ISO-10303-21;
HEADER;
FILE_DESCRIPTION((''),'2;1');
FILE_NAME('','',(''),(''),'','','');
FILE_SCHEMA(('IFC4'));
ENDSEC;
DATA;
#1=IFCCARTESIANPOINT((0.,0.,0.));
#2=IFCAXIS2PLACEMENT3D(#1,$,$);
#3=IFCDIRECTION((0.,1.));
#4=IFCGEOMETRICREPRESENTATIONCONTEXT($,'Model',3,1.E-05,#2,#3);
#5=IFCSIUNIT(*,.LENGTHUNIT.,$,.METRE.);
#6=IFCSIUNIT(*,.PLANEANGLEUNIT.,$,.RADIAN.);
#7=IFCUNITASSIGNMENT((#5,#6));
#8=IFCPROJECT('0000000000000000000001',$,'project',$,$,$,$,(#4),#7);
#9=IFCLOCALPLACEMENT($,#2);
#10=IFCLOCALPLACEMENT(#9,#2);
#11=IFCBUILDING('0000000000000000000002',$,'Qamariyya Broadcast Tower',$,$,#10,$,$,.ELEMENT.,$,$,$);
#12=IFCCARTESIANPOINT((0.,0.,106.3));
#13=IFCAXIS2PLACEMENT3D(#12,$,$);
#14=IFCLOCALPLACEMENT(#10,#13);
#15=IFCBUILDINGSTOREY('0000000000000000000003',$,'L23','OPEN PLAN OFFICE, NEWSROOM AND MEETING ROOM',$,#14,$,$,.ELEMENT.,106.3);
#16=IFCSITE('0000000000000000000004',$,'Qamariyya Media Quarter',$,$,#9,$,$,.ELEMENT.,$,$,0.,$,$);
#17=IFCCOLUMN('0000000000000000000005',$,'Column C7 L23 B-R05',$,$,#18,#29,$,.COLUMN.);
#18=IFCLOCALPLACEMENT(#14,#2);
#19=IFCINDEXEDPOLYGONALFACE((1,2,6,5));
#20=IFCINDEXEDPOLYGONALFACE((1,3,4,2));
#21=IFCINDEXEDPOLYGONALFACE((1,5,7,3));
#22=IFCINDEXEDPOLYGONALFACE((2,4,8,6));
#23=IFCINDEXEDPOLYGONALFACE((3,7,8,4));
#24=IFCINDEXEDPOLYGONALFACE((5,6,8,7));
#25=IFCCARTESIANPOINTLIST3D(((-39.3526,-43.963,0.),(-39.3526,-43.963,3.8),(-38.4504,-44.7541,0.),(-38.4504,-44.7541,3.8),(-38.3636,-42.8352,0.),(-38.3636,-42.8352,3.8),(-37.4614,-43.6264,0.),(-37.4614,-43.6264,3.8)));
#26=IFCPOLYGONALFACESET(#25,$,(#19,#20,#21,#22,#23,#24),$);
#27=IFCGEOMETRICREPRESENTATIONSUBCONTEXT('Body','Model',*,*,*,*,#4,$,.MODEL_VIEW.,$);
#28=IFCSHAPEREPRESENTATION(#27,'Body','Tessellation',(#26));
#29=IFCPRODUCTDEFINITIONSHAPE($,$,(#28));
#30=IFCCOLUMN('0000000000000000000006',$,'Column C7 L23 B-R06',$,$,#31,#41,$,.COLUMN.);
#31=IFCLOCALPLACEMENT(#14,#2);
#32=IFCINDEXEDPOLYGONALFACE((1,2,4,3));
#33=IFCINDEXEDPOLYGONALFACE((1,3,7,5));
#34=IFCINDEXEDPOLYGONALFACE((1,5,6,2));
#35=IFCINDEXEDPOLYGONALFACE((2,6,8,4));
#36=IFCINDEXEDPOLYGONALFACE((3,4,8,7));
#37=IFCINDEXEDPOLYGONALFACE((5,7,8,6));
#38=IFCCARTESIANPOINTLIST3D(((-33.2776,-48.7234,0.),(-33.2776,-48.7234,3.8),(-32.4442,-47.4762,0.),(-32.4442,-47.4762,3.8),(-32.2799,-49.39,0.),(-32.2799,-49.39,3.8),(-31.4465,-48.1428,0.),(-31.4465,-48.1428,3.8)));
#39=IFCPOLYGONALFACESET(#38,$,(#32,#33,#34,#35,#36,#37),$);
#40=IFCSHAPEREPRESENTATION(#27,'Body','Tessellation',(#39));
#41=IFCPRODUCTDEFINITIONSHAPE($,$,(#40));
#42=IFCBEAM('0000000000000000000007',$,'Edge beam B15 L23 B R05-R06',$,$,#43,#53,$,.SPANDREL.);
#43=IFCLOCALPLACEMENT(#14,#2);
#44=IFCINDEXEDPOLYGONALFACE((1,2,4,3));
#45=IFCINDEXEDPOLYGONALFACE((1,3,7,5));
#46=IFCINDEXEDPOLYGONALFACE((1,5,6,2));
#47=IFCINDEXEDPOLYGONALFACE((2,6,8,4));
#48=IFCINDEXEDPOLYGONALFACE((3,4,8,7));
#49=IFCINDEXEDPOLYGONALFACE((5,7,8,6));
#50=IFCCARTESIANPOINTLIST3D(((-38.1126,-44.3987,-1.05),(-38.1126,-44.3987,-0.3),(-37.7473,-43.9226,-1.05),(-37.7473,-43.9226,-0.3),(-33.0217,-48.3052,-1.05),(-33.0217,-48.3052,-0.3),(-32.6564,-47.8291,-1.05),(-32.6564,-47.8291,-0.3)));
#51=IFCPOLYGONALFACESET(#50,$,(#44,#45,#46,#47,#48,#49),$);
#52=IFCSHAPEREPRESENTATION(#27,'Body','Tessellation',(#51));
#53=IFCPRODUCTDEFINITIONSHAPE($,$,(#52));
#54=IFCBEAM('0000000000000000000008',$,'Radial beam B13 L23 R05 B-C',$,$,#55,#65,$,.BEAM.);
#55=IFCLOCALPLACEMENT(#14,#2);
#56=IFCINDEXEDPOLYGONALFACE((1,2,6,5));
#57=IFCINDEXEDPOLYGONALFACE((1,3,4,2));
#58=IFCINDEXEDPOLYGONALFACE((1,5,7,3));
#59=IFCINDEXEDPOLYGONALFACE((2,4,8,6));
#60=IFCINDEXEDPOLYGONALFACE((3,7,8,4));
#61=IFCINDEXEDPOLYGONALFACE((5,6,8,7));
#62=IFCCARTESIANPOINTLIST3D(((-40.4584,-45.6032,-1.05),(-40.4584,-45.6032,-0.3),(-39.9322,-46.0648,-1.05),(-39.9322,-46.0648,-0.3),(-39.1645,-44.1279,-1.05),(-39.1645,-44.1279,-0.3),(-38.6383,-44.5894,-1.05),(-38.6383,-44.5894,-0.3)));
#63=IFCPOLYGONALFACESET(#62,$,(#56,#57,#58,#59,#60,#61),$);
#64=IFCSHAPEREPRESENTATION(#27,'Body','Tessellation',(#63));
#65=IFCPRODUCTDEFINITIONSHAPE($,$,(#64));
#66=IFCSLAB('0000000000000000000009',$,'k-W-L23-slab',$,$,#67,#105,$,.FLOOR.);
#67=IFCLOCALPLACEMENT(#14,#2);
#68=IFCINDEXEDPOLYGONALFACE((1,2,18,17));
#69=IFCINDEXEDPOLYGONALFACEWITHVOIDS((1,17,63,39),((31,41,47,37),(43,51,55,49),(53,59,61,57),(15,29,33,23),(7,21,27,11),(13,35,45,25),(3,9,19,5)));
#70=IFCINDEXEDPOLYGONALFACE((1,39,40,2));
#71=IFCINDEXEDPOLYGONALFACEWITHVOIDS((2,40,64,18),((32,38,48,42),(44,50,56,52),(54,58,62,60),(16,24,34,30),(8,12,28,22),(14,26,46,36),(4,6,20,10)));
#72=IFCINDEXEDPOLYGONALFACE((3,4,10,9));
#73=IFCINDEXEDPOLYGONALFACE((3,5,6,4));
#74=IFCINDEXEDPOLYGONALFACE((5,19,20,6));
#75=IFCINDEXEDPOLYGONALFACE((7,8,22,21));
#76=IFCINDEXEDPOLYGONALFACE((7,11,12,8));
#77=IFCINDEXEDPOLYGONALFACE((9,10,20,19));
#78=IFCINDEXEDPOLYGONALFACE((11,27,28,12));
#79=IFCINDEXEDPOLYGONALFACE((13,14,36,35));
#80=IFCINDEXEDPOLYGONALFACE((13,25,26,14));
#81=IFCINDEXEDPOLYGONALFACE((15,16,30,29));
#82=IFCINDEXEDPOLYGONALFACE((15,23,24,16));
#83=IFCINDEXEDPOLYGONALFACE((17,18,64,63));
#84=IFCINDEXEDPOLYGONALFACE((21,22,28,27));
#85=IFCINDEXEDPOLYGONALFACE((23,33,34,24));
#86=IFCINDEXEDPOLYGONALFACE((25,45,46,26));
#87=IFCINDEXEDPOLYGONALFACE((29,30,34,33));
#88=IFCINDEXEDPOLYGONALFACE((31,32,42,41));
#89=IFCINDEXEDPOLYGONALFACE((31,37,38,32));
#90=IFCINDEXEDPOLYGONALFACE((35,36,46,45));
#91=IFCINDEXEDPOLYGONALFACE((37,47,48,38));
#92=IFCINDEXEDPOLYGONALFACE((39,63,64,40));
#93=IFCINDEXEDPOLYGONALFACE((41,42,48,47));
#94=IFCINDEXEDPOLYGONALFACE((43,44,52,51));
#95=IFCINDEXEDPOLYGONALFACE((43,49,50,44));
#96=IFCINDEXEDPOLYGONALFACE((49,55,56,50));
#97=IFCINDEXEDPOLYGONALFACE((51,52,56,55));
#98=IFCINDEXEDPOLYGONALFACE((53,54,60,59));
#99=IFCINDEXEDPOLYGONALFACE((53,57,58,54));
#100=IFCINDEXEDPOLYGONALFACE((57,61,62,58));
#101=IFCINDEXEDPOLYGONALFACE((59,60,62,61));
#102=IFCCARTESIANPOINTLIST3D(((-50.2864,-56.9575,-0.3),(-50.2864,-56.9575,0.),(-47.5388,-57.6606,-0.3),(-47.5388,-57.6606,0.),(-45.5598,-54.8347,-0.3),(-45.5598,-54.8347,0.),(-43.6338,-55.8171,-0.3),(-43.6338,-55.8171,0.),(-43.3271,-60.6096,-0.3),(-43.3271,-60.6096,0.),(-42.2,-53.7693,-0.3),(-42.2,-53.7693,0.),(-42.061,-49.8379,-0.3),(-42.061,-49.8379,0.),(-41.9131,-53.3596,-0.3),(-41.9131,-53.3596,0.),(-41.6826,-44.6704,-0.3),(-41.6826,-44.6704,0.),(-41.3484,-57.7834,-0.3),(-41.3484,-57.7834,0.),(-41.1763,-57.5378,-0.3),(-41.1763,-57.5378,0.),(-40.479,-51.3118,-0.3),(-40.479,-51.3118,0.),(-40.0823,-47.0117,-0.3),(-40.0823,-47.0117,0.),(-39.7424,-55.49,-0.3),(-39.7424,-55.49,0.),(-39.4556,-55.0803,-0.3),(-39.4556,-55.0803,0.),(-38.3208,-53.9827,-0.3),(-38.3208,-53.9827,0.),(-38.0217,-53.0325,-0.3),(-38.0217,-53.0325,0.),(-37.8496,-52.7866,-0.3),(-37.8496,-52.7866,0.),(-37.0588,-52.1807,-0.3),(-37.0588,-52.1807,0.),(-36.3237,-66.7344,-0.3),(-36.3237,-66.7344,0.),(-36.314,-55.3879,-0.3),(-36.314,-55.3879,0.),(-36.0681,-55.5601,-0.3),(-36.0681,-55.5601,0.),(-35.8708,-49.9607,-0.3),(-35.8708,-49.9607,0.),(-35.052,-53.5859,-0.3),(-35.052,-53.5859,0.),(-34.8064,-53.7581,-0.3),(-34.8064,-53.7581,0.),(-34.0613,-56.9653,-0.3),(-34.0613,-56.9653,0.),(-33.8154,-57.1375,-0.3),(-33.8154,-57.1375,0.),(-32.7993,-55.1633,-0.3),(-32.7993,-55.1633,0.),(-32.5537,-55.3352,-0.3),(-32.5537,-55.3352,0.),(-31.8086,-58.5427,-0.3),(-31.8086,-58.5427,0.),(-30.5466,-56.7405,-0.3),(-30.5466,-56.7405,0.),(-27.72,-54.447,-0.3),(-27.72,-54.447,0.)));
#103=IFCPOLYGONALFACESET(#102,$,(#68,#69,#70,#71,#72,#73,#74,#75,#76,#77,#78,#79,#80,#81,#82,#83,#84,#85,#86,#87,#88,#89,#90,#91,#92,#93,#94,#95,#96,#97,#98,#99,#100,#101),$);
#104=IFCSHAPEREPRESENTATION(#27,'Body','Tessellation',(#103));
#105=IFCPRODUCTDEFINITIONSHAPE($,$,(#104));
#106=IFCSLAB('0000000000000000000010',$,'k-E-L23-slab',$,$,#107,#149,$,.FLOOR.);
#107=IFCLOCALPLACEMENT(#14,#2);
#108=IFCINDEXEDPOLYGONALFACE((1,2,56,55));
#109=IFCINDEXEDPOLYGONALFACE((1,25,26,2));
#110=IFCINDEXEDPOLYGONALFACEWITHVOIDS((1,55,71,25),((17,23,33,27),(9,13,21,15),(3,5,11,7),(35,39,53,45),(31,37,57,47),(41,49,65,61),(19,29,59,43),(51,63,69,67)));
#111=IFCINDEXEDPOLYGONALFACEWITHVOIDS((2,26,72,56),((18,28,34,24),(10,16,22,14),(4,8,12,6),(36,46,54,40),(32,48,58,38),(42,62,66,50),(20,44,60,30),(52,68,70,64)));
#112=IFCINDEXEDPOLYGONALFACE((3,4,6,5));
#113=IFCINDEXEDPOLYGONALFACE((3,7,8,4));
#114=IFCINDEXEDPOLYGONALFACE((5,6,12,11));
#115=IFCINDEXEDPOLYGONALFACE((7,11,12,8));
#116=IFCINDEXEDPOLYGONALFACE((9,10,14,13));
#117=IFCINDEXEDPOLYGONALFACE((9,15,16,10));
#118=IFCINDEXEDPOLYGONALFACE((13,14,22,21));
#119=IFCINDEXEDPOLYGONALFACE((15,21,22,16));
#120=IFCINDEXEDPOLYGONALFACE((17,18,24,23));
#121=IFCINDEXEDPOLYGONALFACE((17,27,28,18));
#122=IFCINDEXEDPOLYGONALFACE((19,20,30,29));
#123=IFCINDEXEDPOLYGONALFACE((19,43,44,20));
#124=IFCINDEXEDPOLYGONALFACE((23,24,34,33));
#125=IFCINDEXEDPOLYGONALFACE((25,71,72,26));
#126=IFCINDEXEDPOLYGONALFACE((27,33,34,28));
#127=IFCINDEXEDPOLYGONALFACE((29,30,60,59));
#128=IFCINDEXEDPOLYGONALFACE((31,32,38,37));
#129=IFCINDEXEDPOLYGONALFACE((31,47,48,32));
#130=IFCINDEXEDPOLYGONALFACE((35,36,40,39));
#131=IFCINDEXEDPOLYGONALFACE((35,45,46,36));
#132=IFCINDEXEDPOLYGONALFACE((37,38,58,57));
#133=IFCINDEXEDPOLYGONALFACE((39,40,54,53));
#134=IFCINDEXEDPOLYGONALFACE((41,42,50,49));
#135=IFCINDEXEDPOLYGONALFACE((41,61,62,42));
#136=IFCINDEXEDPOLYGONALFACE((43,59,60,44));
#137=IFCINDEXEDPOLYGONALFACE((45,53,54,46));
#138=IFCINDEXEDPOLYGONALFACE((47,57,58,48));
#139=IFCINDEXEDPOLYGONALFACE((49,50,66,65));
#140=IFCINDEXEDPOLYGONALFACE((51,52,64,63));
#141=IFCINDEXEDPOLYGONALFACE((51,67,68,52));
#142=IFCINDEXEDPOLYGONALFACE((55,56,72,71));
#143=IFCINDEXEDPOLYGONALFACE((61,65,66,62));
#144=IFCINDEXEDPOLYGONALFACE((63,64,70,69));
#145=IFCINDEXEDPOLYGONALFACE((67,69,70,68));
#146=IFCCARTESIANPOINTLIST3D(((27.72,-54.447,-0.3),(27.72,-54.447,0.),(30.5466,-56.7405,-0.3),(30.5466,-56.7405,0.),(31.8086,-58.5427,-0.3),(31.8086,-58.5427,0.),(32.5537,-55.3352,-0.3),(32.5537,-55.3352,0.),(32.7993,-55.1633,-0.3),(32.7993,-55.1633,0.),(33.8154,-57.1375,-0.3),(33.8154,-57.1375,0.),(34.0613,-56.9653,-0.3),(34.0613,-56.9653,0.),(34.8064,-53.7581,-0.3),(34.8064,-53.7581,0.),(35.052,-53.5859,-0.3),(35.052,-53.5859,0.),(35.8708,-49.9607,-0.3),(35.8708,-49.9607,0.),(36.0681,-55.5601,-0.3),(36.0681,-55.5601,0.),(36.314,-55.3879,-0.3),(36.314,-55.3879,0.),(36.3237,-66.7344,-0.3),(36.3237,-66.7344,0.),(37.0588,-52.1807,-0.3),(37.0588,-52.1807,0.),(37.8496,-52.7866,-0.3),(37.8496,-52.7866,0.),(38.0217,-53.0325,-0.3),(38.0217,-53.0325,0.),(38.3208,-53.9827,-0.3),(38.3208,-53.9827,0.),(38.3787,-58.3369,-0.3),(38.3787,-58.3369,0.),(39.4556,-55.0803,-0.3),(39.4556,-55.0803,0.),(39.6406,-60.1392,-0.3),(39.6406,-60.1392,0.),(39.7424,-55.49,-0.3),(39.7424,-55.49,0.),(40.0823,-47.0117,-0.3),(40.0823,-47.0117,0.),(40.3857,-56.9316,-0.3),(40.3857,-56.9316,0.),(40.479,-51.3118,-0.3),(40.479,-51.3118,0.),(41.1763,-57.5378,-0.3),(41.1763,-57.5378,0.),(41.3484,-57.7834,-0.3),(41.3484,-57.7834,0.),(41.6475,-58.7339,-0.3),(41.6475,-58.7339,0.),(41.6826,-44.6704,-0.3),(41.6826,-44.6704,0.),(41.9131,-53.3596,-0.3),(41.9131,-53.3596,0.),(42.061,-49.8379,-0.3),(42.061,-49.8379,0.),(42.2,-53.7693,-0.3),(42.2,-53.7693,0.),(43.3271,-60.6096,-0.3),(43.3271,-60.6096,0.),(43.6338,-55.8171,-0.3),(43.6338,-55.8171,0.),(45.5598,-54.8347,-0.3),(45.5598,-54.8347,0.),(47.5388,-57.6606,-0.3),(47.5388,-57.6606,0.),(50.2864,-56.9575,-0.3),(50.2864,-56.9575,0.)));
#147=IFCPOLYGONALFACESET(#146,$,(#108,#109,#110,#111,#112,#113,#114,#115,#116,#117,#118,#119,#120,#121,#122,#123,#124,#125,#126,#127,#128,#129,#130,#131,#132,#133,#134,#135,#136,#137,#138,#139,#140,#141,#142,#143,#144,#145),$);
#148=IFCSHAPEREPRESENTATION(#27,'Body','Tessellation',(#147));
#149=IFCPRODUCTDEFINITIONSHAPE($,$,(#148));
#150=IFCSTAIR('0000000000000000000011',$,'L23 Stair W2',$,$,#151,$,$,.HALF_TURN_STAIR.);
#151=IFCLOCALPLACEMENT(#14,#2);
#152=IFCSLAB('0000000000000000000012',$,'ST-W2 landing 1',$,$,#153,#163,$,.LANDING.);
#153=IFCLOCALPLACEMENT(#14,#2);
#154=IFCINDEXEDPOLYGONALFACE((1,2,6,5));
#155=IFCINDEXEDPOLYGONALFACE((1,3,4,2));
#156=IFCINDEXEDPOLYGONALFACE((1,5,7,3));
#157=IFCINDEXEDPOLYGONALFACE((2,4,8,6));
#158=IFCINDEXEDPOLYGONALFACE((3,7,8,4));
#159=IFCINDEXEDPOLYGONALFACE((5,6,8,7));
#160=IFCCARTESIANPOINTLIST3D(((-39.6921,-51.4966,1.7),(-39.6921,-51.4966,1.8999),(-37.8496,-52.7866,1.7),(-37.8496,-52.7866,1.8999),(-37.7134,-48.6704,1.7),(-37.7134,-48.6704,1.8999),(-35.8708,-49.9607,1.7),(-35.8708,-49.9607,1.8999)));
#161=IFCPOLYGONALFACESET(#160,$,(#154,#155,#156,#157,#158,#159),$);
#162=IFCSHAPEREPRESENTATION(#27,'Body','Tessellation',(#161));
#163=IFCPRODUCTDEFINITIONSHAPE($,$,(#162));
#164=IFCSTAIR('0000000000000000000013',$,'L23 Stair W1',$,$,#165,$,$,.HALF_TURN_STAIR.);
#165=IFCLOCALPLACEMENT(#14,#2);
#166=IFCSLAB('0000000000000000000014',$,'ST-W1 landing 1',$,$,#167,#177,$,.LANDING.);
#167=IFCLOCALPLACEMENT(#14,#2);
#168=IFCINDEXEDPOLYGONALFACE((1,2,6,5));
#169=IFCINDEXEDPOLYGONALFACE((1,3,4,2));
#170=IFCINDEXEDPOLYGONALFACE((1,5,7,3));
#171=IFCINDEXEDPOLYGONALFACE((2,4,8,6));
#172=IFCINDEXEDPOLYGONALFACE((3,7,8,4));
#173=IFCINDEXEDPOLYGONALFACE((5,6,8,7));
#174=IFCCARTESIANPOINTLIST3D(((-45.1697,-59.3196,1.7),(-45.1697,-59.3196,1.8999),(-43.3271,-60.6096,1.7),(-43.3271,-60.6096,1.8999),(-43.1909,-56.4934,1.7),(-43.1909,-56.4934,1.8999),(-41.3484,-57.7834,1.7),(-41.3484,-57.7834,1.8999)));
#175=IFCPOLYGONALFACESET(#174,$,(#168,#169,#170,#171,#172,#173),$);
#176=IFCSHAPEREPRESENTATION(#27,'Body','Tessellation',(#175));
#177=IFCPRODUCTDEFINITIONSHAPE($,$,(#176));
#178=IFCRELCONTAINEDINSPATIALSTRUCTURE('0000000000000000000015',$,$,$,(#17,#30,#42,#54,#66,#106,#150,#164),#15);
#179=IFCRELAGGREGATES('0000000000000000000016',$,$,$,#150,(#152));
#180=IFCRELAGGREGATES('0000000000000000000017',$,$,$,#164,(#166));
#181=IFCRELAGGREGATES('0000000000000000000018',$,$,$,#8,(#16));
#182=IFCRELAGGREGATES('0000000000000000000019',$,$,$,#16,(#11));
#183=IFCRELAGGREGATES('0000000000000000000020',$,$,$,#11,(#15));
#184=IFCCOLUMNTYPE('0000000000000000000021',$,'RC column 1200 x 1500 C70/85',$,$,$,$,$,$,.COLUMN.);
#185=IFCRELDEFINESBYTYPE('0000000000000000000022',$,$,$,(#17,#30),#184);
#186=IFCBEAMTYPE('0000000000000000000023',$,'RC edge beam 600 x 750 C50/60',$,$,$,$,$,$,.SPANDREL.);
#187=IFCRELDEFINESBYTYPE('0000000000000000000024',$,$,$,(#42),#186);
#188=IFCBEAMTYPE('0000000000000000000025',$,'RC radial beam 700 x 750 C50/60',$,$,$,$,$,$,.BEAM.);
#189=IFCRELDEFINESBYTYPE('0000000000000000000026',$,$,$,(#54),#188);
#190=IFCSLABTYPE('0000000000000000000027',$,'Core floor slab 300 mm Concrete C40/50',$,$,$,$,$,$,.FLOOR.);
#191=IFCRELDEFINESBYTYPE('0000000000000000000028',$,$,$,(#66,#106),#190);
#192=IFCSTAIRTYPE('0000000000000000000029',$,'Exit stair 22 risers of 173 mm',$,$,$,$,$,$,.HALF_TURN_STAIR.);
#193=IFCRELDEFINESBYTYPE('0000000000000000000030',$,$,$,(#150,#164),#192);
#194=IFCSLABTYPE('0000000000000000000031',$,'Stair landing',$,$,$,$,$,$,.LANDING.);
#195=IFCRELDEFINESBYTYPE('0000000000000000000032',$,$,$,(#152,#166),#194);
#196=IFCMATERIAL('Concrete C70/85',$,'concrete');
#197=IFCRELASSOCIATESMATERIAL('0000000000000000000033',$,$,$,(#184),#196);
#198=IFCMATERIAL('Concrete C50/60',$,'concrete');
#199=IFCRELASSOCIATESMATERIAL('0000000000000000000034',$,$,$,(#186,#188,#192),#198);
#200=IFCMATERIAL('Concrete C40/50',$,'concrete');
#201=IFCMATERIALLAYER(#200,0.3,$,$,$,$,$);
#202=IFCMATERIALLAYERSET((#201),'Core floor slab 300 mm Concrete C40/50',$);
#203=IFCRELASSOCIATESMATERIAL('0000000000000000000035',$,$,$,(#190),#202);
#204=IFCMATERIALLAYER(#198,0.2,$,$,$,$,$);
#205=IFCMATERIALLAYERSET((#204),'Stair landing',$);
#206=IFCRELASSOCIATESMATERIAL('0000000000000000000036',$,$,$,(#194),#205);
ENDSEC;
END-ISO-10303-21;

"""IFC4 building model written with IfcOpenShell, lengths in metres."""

from ifc_helpers import new_model, si_unit, direction, frame, origin, origin_2d, place, context, subcontext, project, spatial, polyline, rectangle, outline, extrude, material, layer, layer_set, material_profile, profile_set, type_object, element, aggregate, save


model = new_model("IFC4")

# Units and contexts
model_context = context("Model", 3, precision=1e-05, world=origin(), true_north=direction((0.0, 1.0)))
body_context = subcontext(model_context, "Body", "Model", "MODEL_VIEW")
ifc_project = project(units=[si_unit("LENGTHUNIT", "METRE"), si_unit("PLANEANGLEUNIT", "RADIAN")], contexts=[model_context])

# Site, building, storey
site_placement = place(None, origin())
site = spatial("IfcSite", under=ifc_project, at=site_placement, Name="Qamariyya Media Quarter", CompositionType="ELEMENT", RefElevation=0.0)
building_placement = place(site_placement, origin())
building = spatial("IfcBuilding", under=site, at=building_placement, Name="Qamariyya Broadcast Tower", CompositionType="ELEMENT")
storey_placement = place(building_placement, frame((0.0, 0.0, 106.3)))
storey = spatial("IfcBuildingStorey", under=building, at=storey_placement, Name="L23", Description="OPEN PLAN OFFICE, NEWSROOM AND MEETING ROOM", CompositionType="ELEMENT", Elevation=106.3)

# Columns
ifc_material_1 = material(Name="Concrete C70/85", Category="concrete")
ifc_material_profile_1 = material_profile(ifc_material_1, rectangle(XDim=1.2, YDim=1.5, at=origin_2d()))
ifc_profile_set_1 = profile_set([ifc_material_profile_1], Name="Concrete C70/85")
column_type = type_object("IfcColumnType", Name="RC column 1200 x 1500 C70/85", PredefinedType="COLUMN", material=ifc_profile_set_1)
for number, where, z_axis, x_axis, name in (
    (1, (-38.407, -43.7947, 0.0), (0.0, 0.0, 1.0), (0.75184, -0.659346, 0.0), "Column C7 L23 B-R05"),
    (2, (-32.3621, -48.4331, 0.0), (0.0, 0.0, 1.0), (0.83147, -0.55557, 0.0), "Column C7 L23 B-R06"),
):
    element("IfcColumn", number, at=place(storey_placement, frame(where, z_axis=z_axis, x_axis=x_axis)), inside=storey, type_object=column_type, Name=name, PredefinedType="COLUMN", context=body_context, shape_type="SweptSolid", body=[
        extrude(rectangle(XDim=1.2, YDim=1.5, at=origin_2d()), origin(), (0.0, 0.0, 1.0), 3.8),
    ])

# Beams
ifc_material_2 = material(Name="Concrete C50/60", Category="concrete")
ifc_material_profile_2 = material_profile(ifc_material_2, rectangle(XDim=0.6001, YDim=0.75, at=origin_2d()))
ifc_profile_set_2 = profile_set([ifc_material_profile_2], Name="Concrete C50/60")
beam_type_1 = type_object("IfcBeamType", Name="RC edge beam 600 x 750 C50/60", PredefinedType="SPANDREL", material=ifc_profile_set_2)
beam_1_placement = place(storey_placement, frame((-37.9299, -44.1606, -0.675), z_axis=(0.793341, -0.608778, 0.0), x_axis=(0.608778, 0.793341, 0.0)))
element("IfcBeam", 3, at=beam_1_placement, inside=storey, type_object=beam_type_1, Name="Edge beam B15 L23 B R05-R06", PredefinedType="SPANDREL", context=body_context, shape_type="SweptSolid", body=[
    extrude(rectangle(XDim=0.6001, YDim=0.75, at=origin_2d()), origin(), (0.0, 0.0, 1.0), 6.417),
])
ifc_material_profile_3 = material_profile(ifc_material_2, rectangle(XDim=0.7, YDim=0.75, at=origin_2d()))
ifc_profile_set_3 = profile_set([ifc_material_profile_3], Name="Concrete C50/60")
beam_type_2 = type_object("IfcBeamType", Name="RC radial beam 700 x 750 C50/60", PredefinedType="BEAM", material=ifc_profile_set_3)
beam_2_placement = place(storey_placement, frame((-38.9014, -44.3586, -0.675), z_axis=(-0.659376, -0.751813, 0.0), x_axis=(0.751813, -0.659376, 0.0)))
element("IfcBeam", 4, at=beam_2_placement, inside=storey, type_object=beam_type_2, Name="Radial beam B13 L23 R05 B-C", PredefinedType="BEAM", context=body_context, shape_type="SweptSolid", body=[
    extrude(rectangle(XDim=0.7, YDim=0.75, at=origin_2d()), origin(), (0.0, 0.0, 1.0), 1.9624),
])

# Slabs
ifc_material_3 = material(Name="Concrete C40/50", Category="concrete")
ifc_layer_1 = layer(ifc_material_3, 0.3)
ifc_layer_set_1 = layer_set([ifc_layer_1], Name="Core floor slab 300 mm Concrete C40/50")
slab_type_1 = type_object("IfcSlabType", Name="Core floor slab 300 mm Concrete C40/50", PredefinedType="FLOOR", material=ifc_layer_set_1)
slab_1_placement = place(storey_placement, frame((0.0, 0.0, -0.3)))
element("IfcSlab", 5, at=slab_1_placement, inside=storey, type_object=slab_type_1, Name="k-W-L23-slab", PredefinedType="FLOOR", context=body_context, shape_type="SweptSolid", body=[
    extrude(outline(polyline([(-50.2864, -56.9575), (-36.3237, -66.7344), (-27.72, -54.447), (-41.6826, -44.6704), (-50.2864, -56.9575)]), holes=[polyline([(-31.8086, -58.5427), (-33.8154, -57.1375), (-32.5537, -55.3352), (-30.5466, -56.7405), (-31.8086, -58.5427)]), polyline([(-34.0613, -56.9653), (-36.0681, -55.5601), (-34.8064, -53.7581), (-32.7993, -55.1633), (-34.0613, -56.9653)]), polyline([(-36.314, -55.3879), (-38.3208, -53.9827), (-37.0588, -52.1807), (-35.052, -53.5859), (-36.314, -55.3879)]), polyline([(-39.7424, -55.49), (-42.2, -53.7693), (-43.6338, -55.8171), (-41.1763, -57.5378), (-39.7424, -55.49)]), polyline([(-39.4556, -55.0803), (-41.9131, -53.3596), (-40.479, -51.3118), (-38.0217, -53.0325), (-39.4556, -55.0803)]), polyline([(-42.061, -49.8379), (-37.8496, -52.7866), (-35.8708, -49.9607), (-40.0823, -47.0117), (-42.061, -49.8379)]), polyline([(-47.5388, -57.6606), (-43.3271, -60.6096), (-41.3484, -57.7834), (-45.5598, -54.8347), (-47.5388, -57.6606)])]), origin(), (0.0, 0.0, 1.0), 0.3),
])
slab_2_placement = place(storey_placement, frame((0.0, 0.0, -0.3)))
element("IfcSlab", 6, at=slab_2_placement, inside=storey, type_object=slab_type_1, Name="k-E-L23-slab", PredefinedType="FLOOR", context=body_context, shape_type="SweptSolid", body=[
    extrude(outline(polyline([(36.3237, -66.7344), (50.2864, -56.9575), (41.6826, -44.6704), (27.72, -54.447), (36.3237, -66.7344)]), holes=[polyline([(31.8086, -58.5427), (33.8154, -57.1375), (32.5537, -55.3352), (30.5466, -56.7405), (31.8086, -58.5427)]), polyline([(34.0613, -56.9653), (36.0681, -55.5601), (34.8064, -53.7581), (32.7993, -55.1633), (34.0613, -56.9653)]), polyline([(36.314, -55.3879), (38.3208, -53.9827), (37.0588, -52.1807), (35.052, -53.5859), (36.314, -55.3879)]), polyline([(38.3787, -58.3369), (40.3857, -56.9316), (41.6475, -58.7339), (39.6406, -60.1392), (38.3787, -58.3369)]), polyline([(39.7424, -55.49), (42.2, -53.7693), (43.6338, -55.8171), (41.1763, -57.5378), (39.7424, -55.49)]), polyline([(39.4556, -55.0803), (41.9131, -53.3596), (40.479, -51.3118), (38.0217, -53.0325), (39.4556, -55.0803)]), polyline([(40.0823, -47.0117), (35.8708, -49.9607), (37.8496, -52.7866), (42.061, -49.8379), (40.0823, -47.0117)]), polyline([(45.5598, -54.8347), (41.3484, -57.7834), (43.3271, -60.6096), (47.5388, -57.6606), (45.5598, -54.8347)])]), origin(), (0.0, 0.0, 1.0), 0.3),
])

# Stairs, slabs
stair_type = type_object("IfcStairType", Name="Exit stair 22 risers of 173 mm", PredefinedType="HALF_TURN_STAIR", material=ifc_material_2)
stair_1_placement = place(storey_placement, origin())
stair_1 = element("IfcStair", 7, at=stair_1_placement, inside=storey, type_object=stair_type, Name="L23 Stair W2", PredefinedType="HALF_TURN_STAIR")
ifc_layer_2 = layer(ifc_material_2, 0.2)
ifc_layer_set_2 = layer_set([ifc_layer_2], Name="Stair landing")
slab_type_2 = type_object("IfcSlabType", Name="Stair landing", PredefinedType="LANDING", material=ifc_layer_set_2)
slab_3_placement = place(storey_placement, frame((0.0, 0.0, 1.7)))
slab_3 = element("IfcSlab", 8, at=slab_3_placement, type_object=slab_type_2, Name="ST-W2 landing 1", PredefinedType="LANDING", context=body_context, shape_type="SweptSolid", body=[
    extrude(outline(polyline([(-39.6921, -51.4966), (-37.8496, -52.7866), (-35.8708, -49.9607), (-37.7134, -48.6704), (-39.6921, -51.4966)])), origin(), (0.0, 0.0, 1.0), 0.2),
])
aggregate(stair_1, [slab_3])
stair_2_placement = place(storey_placement, origin())
stair_2 = element("IfcStair", 9, at=stair_2_placement, inside=storey, type_object=stair_type, Name="L23 Stair W1", PredefinedType="HALF_TURN_STAIR")
slab_4_placement = place(storey_placement, frame((0.0, 0.0, 1.7)))
slab_4 = element("IfcSlab", 10, at=slab_4_placement, type_object=slab_type_2, Name="ST-W1 landing 1", PredefinedType="LANDING", context=body_context, shape_type="SweptSolid", body=[
    extrude(outline(polyline([(-45.1697, -59.3196), (-43.3271, -60.6096), (-41.3484, -57.7834), (-43.1909, -56.4934), (-45.1697, -59.3196)])), origin(), (0.0, 0.0, 1.0), 0.2),
])
aggregate(stair_2, [slab_4])

save(model, "model.ifc")
